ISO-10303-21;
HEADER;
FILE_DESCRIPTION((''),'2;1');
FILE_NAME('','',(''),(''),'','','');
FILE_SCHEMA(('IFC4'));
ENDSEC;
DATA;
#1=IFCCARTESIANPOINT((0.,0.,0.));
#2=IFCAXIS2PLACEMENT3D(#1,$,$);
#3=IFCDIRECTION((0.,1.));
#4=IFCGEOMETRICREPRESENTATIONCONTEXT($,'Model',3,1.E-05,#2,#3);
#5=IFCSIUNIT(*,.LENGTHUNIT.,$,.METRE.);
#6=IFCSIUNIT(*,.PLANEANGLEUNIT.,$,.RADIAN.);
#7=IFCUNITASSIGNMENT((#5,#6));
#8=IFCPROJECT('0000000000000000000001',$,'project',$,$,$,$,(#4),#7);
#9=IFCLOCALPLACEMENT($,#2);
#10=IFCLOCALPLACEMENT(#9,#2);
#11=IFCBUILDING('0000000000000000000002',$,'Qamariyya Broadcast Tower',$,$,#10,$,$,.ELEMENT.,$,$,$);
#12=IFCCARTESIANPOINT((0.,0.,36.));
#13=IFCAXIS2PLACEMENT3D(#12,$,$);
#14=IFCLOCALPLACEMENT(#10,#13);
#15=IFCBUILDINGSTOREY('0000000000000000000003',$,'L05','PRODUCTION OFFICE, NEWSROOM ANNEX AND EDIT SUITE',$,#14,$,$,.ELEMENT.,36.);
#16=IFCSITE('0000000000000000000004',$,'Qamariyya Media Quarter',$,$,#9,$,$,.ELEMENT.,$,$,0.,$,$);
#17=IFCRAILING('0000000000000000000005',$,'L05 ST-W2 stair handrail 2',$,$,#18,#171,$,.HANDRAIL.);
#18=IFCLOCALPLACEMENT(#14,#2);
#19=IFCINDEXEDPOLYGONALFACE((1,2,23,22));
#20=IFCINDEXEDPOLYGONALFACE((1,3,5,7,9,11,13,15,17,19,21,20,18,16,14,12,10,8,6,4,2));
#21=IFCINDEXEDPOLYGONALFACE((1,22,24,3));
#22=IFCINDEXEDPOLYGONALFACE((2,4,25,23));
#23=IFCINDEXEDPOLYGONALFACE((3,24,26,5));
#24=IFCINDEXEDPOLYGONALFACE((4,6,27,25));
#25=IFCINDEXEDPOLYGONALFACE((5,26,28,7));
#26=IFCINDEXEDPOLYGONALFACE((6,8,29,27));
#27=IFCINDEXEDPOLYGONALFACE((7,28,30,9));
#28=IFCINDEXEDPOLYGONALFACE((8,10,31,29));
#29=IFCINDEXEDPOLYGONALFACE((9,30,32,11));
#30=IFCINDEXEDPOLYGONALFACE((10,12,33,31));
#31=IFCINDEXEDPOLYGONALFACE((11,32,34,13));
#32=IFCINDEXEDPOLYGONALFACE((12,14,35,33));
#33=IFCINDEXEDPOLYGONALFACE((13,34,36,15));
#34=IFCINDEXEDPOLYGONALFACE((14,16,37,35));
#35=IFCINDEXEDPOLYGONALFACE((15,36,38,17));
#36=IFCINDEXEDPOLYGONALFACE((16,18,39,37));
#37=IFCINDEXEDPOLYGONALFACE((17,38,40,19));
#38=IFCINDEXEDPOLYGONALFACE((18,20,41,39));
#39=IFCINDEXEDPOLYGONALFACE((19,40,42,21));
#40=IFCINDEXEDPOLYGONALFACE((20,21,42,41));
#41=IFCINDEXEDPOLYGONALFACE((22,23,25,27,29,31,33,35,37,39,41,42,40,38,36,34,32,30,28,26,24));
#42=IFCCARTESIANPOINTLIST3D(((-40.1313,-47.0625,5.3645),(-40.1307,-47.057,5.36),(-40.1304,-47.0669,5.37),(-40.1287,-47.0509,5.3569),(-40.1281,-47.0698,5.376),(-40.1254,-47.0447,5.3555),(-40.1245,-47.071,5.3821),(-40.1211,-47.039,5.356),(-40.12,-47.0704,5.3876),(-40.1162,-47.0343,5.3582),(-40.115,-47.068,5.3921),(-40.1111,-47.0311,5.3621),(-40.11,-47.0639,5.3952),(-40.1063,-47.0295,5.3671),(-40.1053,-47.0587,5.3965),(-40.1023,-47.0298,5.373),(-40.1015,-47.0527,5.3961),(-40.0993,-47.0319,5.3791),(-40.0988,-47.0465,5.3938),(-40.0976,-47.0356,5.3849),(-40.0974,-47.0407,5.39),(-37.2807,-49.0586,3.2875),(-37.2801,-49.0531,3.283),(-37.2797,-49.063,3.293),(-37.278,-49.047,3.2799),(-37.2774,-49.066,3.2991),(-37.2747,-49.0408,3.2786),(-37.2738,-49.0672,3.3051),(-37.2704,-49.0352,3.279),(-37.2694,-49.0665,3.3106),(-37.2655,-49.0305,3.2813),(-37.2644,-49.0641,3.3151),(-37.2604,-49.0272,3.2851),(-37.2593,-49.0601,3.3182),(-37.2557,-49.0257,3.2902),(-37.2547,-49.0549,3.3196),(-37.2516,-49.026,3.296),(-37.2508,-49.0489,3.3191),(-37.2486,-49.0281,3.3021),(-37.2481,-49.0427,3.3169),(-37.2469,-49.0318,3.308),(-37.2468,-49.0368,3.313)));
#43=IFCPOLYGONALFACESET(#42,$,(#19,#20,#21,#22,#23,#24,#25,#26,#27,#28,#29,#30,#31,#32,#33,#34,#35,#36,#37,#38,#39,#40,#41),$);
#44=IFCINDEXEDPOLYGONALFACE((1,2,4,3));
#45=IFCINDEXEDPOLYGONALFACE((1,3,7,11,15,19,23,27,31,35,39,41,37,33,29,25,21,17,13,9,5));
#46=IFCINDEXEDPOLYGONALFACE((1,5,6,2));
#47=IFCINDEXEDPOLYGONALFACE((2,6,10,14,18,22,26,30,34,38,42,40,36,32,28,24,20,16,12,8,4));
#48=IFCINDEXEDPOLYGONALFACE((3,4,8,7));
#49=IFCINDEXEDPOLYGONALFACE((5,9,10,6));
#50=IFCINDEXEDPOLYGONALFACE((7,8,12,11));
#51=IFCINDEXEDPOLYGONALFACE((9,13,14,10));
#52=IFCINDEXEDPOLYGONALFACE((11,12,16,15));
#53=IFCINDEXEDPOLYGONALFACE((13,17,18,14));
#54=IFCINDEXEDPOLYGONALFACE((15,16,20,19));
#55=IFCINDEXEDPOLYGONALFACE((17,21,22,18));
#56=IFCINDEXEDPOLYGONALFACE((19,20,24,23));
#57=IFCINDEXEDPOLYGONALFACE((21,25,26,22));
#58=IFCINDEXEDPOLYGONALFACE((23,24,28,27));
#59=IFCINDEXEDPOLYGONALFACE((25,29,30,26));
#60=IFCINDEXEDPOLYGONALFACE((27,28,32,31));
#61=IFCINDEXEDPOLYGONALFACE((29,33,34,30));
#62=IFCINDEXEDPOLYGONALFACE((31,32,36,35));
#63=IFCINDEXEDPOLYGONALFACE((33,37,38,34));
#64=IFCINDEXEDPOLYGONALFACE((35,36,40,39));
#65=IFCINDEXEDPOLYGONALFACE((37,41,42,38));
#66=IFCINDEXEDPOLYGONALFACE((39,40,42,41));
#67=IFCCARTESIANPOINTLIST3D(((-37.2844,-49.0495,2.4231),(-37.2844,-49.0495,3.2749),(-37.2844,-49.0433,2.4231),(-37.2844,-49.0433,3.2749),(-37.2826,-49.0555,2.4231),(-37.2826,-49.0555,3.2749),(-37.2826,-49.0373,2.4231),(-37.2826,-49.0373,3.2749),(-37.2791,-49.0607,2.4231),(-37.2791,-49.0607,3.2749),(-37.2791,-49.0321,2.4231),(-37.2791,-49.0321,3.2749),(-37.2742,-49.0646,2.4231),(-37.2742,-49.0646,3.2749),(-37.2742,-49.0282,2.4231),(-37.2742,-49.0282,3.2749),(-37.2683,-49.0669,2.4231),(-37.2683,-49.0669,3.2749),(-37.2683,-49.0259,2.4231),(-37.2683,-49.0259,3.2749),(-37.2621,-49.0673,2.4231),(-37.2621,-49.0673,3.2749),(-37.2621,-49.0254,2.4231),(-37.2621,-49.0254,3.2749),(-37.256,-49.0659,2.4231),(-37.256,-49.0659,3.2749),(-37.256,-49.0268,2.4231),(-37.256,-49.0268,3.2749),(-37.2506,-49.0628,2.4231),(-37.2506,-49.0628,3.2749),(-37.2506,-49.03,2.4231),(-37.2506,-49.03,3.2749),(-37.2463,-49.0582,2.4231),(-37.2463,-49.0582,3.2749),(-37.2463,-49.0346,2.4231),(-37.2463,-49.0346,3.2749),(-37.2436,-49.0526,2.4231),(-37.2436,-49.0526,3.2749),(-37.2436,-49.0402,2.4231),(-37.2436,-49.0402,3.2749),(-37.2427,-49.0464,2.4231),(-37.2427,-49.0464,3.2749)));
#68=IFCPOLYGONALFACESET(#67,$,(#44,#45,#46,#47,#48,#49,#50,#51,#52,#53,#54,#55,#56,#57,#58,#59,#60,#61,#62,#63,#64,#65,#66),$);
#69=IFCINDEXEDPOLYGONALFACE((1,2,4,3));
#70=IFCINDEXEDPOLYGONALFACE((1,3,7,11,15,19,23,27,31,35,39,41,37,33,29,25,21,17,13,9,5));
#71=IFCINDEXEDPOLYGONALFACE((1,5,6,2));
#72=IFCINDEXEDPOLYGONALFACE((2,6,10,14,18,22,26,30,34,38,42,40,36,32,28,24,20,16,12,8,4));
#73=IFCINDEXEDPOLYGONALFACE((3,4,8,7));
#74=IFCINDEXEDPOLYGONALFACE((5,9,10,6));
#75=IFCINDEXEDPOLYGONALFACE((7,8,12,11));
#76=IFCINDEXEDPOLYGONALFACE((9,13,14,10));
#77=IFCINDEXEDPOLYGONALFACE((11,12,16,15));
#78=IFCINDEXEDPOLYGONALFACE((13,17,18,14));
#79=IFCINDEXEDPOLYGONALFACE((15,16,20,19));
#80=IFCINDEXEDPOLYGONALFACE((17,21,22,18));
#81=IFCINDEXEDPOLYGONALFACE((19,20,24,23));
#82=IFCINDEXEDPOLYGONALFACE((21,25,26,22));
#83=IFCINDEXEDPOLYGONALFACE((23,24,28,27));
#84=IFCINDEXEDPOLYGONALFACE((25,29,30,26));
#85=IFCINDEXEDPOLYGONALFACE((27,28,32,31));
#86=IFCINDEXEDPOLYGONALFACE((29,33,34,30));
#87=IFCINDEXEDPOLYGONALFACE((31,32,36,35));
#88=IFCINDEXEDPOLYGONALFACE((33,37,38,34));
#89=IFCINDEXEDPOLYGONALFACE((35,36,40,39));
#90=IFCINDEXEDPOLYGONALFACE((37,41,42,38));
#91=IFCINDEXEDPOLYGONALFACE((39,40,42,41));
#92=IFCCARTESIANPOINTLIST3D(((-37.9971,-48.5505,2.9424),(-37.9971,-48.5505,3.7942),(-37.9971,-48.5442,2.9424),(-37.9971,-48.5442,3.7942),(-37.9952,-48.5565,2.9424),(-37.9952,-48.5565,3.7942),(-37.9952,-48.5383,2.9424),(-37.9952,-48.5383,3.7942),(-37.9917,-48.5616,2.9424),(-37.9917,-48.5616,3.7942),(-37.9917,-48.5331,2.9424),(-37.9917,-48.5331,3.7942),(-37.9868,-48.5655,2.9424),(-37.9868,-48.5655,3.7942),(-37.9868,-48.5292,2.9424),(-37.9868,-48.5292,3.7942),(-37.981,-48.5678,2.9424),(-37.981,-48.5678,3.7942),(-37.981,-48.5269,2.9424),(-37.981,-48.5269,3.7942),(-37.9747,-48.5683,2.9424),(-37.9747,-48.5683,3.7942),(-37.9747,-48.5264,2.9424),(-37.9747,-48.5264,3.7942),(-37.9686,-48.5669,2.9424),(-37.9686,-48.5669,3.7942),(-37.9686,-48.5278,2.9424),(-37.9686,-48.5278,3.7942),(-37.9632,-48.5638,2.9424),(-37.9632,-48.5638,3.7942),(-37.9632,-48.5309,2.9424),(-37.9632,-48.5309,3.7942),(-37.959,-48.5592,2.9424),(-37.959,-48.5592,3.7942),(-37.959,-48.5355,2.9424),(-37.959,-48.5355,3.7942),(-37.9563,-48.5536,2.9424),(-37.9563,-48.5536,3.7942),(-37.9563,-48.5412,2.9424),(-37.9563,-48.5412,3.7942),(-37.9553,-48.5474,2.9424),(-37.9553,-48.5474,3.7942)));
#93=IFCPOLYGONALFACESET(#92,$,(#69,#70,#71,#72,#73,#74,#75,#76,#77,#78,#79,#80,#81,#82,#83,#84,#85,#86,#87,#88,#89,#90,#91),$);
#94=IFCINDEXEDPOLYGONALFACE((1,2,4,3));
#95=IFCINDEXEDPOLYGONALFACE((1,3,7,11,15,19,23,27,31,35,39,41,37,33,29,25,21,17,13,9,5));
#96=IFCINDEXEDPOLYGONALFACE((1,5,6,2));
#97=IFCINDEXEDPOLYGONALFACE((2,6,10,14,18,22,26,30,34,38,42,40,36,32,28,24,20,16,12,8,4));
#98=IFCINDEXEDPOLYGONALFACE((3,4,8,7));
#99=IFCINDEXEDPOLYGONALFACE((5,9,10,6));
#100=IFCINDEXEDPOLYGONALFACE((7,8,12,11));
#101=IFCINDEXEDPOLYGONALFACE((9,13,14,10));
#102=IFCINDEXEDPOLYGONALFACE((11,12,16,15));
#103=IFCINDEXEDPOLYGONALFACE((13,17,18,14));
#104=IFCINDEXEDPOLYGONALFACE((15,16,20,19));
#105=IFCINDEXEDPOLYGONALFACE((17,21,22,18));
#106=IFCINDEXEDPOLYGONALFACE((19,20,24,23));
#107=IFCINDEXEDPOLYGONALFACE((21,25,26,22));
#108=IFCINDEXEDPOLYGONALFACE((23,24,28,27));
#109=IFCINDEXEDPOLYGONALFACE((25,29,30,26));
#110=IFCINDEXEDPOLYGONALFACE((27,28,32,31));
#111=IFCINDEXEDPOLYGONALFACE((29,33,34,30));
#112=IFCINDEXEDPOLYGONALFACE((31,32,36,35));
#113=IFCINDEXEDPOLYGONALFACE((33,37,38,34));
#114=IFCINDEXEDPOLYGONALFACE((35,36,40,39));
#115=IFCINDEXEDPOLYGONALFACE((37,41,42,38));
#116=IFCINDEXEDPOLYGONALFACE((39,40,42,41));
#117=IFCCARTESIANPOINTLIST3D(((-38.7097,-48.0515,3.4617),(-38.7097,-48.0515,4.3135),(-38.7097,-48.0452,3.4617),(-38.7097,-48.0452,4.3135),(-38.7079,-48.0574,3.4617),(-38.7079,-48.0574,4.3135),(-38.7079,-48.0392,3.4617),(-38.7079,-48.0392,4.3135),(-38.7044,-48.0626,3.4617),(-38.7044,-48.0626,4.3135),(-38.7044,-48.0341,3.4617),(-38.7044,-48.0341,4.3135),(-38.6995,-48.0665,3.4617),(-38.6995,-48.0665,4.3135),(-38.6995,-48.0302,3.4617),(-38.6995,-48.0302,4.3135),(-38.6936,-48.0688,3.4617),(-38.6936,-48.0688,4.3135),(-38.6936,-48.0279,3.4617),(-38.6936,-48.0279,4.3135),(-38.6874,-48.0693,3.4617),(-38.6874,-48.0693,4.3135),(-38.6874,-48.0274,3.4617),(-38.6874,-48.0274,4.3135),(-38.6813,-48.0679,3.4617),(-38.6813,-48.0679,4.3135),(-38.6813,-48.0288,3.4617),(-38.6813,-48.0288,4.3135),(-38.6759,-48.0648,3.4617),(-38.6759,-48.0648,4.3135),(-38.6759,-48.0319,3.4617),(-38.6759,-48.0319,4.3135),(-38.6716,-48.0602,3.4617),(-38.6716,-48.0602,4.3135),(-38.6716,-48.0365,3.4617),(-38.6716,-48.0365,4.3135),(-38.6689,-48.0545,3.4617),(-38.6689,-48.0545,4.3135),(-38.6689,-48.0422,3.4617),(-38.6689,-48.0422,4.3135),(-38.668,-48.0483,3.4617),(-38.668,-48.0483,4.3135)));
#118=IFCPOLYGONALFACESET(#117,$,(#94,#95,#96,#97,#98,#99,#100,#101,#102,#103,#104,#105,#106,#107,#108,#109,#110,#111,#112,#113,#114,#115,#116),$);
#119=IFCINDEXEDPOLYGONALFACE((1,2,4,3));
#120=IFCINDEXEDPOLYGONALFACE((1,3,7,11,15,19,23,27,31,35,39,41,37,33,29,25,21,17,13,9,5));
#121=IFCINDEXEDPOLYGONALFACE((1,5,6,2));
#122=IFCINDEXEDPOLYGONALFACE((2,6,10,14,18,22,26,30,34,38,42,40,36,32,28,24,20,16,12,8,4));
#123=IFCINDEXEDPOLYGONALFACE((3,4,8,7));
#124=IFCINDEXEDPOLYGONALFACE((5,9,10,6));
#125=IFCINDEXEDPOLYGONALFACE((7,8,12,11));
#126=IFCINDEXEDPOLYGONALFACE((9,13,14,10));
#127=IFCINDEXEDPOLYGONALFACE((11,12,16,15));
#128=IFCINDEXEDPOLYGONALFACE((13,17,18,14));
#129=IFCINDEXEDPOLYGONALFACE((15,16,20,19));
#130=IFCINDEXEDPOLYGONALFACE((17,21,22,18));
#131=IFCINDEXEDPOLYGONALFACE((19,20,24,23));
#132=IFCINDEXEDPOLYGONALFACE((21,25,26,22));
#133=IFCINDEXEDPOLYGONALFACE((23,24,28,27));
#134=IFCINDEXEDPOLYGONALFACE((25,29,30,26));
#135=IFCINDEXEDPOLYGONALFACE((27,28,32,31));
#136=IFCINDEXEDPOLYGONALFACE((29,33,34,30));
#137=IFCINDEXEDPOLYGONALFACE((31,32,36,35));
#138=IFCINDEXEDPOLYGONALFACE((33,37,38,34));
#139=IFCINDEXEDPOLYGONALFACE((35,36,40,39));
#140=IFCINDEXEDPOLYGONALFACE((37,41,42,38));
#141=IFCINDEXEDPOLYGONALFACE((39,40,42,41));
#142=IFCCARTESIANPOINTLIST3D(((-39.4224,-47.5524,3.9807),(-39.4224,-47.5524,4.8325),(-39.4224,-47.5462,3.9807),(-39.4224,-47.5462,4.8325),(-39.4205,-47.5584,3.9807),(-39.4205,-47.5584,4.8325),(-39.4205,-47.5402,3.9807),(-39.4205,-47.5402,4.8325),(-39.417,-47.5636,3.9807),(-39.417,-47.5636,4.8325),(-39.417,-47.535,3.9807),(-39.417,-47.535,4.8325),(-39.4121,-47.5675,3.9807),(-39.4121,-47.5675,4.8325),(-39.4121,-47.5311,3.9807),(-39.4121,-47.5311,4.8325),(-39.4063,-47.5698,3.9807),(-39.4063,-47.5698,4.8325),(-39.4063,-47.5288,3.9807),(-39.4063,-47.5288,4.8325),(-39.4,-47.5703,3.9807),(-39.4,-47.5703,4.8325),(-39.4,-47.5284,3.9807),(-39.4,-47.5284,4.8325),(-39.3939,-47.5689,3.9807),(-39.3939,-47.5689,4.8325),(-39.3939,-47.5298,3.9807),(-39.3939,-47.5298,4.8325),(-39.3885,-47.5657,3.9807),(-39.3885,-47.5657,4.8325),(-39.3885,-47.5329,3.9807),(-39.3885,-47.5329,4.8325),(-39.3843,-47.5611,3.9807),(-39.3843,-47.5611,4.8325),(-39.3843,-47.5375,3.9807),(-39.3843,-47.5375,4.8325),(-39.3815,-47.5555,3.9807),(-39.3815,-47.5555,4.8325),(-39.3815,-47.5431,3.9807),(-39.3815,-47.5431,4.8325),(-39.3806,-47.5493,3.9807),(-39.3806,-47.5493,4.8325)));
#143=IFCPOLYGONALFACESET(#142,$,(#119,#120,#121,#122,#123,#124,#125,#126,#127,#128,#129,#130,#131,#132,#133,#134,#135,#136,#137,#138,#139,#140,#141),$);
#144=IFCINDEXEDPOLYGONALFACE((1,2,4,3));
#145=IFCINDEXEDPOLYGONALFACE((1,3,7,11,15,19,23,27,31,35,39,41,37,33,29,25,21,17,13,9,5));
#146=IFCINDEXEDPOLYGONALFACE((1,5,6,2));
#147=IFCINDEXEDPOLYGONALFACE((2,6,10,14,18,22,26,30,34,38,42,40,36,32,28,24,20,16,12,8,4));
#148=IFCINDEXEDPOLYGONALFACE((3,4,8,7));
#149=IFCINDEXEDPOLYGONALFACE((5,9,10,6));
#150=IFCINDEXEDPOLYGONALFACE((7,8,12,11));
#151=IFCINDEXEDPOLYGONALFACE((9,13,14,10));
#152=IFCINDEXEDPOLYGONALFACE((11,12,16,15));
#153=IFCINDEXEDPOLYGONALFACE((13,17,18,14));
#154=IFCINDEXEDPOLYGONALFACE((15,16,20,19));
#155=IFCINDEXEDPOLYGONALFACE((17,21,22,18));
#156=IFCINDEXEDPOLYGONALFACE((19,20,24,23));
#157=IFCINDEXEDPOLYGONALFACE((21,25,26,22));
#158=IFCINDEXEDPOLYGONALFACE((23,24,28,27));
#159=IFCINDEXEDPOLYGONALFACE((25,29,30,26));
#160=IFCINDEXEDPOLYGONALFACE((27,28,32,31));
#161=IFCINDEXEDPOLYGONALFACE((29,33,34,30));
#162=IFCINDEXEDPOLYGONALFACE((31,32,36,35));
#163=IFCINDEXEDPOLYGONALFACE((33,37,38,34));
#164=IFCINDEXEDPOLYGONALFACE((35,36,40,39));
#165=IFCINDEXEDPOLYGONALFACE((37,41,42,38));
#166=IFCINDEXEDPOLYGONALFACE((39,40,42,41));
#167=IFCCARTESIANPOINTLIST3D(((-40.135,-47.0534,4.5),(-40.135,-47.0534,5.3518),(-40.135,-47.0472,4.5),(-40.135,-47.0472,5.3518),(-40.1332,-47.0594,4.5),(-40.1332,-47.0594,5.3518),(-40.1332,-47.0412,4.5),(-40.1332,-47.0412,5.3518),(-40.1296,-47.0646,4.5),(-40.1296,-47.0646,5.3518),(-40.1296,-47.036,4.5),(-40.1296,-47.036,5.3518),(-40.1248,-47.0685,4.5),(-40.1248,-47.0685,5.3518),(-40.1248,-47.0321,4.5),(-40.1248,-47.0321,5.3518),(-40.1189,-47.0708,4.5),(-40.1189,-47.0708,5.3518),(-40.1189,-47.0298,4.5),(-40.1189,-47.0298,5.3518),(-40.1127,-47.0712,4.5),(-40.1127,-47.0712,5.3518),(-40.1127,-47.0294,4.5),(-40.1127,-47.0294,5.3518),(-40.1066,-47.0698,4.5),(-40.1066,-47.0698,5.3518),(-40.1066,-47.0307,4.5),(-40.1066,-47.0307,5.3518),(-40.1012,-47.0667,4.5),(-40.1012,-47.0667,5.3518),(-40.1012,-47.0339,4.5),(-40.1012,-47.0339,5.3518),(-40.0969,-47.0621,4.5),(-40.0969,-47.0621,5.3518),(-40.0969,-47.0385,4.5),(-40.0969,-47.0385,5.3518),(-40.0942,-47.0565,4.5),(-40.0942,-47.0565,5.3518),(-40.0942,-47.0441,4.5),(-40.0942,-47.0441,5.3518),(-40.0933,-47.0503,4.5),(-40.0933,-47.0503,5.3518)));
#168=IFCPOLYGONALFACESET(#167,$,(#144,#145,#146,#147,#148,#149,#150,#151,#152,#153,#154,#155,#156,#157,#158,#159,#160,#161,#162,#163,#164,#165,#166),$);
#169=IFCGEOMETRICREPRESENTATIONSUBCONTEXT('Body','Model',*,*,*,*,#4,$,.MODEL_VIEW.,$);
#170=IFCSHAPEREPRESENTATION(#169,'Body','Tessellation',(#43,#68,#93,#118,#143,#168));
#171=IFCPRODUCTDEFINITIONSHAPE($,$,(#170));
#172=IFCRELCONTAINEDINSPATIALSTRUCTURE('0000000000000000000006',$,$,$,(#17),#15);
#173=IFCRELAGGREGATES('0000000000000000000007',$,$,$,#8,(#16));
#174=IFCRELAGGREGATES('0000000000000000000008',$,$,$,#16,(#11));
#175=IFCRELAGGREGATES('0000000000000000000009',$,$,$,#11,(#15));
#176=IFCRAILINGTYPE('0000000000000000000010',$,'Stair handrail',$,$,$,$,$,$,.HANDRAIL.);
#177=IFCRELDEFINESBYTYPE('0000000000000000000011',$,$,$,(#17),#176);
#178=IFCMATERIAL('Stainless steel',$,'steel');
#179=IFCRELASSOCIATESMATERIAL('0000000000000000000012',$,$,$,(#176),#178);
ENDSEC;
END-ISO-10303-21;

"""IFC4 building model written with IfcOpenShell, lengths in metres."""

from ifc_helpers import new_model, si_unit, direction, frame, origin, origin_2d, place, context, subcontext, project, spatial, circle, extrude, material, type_object, element, save


model = new_model("IFC4")

# Units and contexts
model_context = context("Model", 3, precision=1e-05, world=origin(), true_north=direction((0.0, 1.0)))
body_context = subcontext(model_context, "Body", "Model", "MODEL_VIEW")
ifc_project = project(units=[si_unit("LENGTHUNIT", "METRE"), si_unit("PLANEANGLEUNIT", "RADIAN")], contexts=[model_context])

# Site, building, storey
site_placement = place(None, origin())
site = spatial("IfcSite", under=ifc_project, at=site_placement, Name="Qamariyya Media Quarter", CompositionType="ELEMENT", RefElevation=0.0)
building_placement = place(site_placement, origin())
building = spatial("IfcBuilding", under=site, at=building_placement, Name="Qamariyya Broadcast Tower", CompositionType="ELEMENT")
storey_placement = place(building_placement, frame((0.0, 0.0, 36.0)))
storey = spatial("IfcBuildingStorey", under=building, at=storey_placement, Name="L05", Description="PRODUCTION OFFICE, NEWSROOM ANNEX AND EDIT SUITE", CompositionType="ELEMENT", Elevation=36.0)

# Railing
ifc_material_1 = material(Name="Stainless steel", Category="steel")
railing_type_1 = type_object("IfcRailingType", Name="Stair handrail", PredefinedType="HANDRAIL", material=ifc_material_1)
railing_1_placement = place(storey_placement, frame((-37.2637, -49.0464, 2.4231)))
element("IfcRailing", 1, at=railing_1_placement, inside=storey, type_object=railing_type_1, Name="L05 ST-W2 stair handrail 2", PredefinedType="HANDRAIL", context=body_context, shape_type="SweptSolid", body=[
    extrude(circle(Radius=0.0239, at=origin_2d()), frame((0.0, 0.0, 0.876), z_axis=(-0.703393, 0.492544, 0.512484), x_axis=(-0.573594, -0.81914, 0.0)), (0.0, 0.0, 1.0), 4.0527),
    extrude(circle(Radius=0.021, at=origin_2d()), origin(), (0.0, 0.0, 1.0), 0.8518),
    extrude(circle(Radius=0.021, at=origin_2d()), frame((-0.7126, 0.499, 0.5193)), (0.0, 0.0, 1.0), 0.8518),
    extrude(circle(Radius=0.021, at=origin_2d()), frame((-1.4253, 0.998, 1.0386)), (0.0, 0.0, 1.0), 0.8518),
    extrude(circle(Radius=0.021, at=origin_2d()), frame((-2.1379, 1.4971, 1.5576)), (0.0, 0.0, 1.0), 0.8518),
    extrude(circle(Radius=0.021, at=origin_2d()), frame((-2.8506, 1.9961, 2.0769)), (0.0, 0.0, 1.0), 0.8518),
])

save(model, "model.ifc")
